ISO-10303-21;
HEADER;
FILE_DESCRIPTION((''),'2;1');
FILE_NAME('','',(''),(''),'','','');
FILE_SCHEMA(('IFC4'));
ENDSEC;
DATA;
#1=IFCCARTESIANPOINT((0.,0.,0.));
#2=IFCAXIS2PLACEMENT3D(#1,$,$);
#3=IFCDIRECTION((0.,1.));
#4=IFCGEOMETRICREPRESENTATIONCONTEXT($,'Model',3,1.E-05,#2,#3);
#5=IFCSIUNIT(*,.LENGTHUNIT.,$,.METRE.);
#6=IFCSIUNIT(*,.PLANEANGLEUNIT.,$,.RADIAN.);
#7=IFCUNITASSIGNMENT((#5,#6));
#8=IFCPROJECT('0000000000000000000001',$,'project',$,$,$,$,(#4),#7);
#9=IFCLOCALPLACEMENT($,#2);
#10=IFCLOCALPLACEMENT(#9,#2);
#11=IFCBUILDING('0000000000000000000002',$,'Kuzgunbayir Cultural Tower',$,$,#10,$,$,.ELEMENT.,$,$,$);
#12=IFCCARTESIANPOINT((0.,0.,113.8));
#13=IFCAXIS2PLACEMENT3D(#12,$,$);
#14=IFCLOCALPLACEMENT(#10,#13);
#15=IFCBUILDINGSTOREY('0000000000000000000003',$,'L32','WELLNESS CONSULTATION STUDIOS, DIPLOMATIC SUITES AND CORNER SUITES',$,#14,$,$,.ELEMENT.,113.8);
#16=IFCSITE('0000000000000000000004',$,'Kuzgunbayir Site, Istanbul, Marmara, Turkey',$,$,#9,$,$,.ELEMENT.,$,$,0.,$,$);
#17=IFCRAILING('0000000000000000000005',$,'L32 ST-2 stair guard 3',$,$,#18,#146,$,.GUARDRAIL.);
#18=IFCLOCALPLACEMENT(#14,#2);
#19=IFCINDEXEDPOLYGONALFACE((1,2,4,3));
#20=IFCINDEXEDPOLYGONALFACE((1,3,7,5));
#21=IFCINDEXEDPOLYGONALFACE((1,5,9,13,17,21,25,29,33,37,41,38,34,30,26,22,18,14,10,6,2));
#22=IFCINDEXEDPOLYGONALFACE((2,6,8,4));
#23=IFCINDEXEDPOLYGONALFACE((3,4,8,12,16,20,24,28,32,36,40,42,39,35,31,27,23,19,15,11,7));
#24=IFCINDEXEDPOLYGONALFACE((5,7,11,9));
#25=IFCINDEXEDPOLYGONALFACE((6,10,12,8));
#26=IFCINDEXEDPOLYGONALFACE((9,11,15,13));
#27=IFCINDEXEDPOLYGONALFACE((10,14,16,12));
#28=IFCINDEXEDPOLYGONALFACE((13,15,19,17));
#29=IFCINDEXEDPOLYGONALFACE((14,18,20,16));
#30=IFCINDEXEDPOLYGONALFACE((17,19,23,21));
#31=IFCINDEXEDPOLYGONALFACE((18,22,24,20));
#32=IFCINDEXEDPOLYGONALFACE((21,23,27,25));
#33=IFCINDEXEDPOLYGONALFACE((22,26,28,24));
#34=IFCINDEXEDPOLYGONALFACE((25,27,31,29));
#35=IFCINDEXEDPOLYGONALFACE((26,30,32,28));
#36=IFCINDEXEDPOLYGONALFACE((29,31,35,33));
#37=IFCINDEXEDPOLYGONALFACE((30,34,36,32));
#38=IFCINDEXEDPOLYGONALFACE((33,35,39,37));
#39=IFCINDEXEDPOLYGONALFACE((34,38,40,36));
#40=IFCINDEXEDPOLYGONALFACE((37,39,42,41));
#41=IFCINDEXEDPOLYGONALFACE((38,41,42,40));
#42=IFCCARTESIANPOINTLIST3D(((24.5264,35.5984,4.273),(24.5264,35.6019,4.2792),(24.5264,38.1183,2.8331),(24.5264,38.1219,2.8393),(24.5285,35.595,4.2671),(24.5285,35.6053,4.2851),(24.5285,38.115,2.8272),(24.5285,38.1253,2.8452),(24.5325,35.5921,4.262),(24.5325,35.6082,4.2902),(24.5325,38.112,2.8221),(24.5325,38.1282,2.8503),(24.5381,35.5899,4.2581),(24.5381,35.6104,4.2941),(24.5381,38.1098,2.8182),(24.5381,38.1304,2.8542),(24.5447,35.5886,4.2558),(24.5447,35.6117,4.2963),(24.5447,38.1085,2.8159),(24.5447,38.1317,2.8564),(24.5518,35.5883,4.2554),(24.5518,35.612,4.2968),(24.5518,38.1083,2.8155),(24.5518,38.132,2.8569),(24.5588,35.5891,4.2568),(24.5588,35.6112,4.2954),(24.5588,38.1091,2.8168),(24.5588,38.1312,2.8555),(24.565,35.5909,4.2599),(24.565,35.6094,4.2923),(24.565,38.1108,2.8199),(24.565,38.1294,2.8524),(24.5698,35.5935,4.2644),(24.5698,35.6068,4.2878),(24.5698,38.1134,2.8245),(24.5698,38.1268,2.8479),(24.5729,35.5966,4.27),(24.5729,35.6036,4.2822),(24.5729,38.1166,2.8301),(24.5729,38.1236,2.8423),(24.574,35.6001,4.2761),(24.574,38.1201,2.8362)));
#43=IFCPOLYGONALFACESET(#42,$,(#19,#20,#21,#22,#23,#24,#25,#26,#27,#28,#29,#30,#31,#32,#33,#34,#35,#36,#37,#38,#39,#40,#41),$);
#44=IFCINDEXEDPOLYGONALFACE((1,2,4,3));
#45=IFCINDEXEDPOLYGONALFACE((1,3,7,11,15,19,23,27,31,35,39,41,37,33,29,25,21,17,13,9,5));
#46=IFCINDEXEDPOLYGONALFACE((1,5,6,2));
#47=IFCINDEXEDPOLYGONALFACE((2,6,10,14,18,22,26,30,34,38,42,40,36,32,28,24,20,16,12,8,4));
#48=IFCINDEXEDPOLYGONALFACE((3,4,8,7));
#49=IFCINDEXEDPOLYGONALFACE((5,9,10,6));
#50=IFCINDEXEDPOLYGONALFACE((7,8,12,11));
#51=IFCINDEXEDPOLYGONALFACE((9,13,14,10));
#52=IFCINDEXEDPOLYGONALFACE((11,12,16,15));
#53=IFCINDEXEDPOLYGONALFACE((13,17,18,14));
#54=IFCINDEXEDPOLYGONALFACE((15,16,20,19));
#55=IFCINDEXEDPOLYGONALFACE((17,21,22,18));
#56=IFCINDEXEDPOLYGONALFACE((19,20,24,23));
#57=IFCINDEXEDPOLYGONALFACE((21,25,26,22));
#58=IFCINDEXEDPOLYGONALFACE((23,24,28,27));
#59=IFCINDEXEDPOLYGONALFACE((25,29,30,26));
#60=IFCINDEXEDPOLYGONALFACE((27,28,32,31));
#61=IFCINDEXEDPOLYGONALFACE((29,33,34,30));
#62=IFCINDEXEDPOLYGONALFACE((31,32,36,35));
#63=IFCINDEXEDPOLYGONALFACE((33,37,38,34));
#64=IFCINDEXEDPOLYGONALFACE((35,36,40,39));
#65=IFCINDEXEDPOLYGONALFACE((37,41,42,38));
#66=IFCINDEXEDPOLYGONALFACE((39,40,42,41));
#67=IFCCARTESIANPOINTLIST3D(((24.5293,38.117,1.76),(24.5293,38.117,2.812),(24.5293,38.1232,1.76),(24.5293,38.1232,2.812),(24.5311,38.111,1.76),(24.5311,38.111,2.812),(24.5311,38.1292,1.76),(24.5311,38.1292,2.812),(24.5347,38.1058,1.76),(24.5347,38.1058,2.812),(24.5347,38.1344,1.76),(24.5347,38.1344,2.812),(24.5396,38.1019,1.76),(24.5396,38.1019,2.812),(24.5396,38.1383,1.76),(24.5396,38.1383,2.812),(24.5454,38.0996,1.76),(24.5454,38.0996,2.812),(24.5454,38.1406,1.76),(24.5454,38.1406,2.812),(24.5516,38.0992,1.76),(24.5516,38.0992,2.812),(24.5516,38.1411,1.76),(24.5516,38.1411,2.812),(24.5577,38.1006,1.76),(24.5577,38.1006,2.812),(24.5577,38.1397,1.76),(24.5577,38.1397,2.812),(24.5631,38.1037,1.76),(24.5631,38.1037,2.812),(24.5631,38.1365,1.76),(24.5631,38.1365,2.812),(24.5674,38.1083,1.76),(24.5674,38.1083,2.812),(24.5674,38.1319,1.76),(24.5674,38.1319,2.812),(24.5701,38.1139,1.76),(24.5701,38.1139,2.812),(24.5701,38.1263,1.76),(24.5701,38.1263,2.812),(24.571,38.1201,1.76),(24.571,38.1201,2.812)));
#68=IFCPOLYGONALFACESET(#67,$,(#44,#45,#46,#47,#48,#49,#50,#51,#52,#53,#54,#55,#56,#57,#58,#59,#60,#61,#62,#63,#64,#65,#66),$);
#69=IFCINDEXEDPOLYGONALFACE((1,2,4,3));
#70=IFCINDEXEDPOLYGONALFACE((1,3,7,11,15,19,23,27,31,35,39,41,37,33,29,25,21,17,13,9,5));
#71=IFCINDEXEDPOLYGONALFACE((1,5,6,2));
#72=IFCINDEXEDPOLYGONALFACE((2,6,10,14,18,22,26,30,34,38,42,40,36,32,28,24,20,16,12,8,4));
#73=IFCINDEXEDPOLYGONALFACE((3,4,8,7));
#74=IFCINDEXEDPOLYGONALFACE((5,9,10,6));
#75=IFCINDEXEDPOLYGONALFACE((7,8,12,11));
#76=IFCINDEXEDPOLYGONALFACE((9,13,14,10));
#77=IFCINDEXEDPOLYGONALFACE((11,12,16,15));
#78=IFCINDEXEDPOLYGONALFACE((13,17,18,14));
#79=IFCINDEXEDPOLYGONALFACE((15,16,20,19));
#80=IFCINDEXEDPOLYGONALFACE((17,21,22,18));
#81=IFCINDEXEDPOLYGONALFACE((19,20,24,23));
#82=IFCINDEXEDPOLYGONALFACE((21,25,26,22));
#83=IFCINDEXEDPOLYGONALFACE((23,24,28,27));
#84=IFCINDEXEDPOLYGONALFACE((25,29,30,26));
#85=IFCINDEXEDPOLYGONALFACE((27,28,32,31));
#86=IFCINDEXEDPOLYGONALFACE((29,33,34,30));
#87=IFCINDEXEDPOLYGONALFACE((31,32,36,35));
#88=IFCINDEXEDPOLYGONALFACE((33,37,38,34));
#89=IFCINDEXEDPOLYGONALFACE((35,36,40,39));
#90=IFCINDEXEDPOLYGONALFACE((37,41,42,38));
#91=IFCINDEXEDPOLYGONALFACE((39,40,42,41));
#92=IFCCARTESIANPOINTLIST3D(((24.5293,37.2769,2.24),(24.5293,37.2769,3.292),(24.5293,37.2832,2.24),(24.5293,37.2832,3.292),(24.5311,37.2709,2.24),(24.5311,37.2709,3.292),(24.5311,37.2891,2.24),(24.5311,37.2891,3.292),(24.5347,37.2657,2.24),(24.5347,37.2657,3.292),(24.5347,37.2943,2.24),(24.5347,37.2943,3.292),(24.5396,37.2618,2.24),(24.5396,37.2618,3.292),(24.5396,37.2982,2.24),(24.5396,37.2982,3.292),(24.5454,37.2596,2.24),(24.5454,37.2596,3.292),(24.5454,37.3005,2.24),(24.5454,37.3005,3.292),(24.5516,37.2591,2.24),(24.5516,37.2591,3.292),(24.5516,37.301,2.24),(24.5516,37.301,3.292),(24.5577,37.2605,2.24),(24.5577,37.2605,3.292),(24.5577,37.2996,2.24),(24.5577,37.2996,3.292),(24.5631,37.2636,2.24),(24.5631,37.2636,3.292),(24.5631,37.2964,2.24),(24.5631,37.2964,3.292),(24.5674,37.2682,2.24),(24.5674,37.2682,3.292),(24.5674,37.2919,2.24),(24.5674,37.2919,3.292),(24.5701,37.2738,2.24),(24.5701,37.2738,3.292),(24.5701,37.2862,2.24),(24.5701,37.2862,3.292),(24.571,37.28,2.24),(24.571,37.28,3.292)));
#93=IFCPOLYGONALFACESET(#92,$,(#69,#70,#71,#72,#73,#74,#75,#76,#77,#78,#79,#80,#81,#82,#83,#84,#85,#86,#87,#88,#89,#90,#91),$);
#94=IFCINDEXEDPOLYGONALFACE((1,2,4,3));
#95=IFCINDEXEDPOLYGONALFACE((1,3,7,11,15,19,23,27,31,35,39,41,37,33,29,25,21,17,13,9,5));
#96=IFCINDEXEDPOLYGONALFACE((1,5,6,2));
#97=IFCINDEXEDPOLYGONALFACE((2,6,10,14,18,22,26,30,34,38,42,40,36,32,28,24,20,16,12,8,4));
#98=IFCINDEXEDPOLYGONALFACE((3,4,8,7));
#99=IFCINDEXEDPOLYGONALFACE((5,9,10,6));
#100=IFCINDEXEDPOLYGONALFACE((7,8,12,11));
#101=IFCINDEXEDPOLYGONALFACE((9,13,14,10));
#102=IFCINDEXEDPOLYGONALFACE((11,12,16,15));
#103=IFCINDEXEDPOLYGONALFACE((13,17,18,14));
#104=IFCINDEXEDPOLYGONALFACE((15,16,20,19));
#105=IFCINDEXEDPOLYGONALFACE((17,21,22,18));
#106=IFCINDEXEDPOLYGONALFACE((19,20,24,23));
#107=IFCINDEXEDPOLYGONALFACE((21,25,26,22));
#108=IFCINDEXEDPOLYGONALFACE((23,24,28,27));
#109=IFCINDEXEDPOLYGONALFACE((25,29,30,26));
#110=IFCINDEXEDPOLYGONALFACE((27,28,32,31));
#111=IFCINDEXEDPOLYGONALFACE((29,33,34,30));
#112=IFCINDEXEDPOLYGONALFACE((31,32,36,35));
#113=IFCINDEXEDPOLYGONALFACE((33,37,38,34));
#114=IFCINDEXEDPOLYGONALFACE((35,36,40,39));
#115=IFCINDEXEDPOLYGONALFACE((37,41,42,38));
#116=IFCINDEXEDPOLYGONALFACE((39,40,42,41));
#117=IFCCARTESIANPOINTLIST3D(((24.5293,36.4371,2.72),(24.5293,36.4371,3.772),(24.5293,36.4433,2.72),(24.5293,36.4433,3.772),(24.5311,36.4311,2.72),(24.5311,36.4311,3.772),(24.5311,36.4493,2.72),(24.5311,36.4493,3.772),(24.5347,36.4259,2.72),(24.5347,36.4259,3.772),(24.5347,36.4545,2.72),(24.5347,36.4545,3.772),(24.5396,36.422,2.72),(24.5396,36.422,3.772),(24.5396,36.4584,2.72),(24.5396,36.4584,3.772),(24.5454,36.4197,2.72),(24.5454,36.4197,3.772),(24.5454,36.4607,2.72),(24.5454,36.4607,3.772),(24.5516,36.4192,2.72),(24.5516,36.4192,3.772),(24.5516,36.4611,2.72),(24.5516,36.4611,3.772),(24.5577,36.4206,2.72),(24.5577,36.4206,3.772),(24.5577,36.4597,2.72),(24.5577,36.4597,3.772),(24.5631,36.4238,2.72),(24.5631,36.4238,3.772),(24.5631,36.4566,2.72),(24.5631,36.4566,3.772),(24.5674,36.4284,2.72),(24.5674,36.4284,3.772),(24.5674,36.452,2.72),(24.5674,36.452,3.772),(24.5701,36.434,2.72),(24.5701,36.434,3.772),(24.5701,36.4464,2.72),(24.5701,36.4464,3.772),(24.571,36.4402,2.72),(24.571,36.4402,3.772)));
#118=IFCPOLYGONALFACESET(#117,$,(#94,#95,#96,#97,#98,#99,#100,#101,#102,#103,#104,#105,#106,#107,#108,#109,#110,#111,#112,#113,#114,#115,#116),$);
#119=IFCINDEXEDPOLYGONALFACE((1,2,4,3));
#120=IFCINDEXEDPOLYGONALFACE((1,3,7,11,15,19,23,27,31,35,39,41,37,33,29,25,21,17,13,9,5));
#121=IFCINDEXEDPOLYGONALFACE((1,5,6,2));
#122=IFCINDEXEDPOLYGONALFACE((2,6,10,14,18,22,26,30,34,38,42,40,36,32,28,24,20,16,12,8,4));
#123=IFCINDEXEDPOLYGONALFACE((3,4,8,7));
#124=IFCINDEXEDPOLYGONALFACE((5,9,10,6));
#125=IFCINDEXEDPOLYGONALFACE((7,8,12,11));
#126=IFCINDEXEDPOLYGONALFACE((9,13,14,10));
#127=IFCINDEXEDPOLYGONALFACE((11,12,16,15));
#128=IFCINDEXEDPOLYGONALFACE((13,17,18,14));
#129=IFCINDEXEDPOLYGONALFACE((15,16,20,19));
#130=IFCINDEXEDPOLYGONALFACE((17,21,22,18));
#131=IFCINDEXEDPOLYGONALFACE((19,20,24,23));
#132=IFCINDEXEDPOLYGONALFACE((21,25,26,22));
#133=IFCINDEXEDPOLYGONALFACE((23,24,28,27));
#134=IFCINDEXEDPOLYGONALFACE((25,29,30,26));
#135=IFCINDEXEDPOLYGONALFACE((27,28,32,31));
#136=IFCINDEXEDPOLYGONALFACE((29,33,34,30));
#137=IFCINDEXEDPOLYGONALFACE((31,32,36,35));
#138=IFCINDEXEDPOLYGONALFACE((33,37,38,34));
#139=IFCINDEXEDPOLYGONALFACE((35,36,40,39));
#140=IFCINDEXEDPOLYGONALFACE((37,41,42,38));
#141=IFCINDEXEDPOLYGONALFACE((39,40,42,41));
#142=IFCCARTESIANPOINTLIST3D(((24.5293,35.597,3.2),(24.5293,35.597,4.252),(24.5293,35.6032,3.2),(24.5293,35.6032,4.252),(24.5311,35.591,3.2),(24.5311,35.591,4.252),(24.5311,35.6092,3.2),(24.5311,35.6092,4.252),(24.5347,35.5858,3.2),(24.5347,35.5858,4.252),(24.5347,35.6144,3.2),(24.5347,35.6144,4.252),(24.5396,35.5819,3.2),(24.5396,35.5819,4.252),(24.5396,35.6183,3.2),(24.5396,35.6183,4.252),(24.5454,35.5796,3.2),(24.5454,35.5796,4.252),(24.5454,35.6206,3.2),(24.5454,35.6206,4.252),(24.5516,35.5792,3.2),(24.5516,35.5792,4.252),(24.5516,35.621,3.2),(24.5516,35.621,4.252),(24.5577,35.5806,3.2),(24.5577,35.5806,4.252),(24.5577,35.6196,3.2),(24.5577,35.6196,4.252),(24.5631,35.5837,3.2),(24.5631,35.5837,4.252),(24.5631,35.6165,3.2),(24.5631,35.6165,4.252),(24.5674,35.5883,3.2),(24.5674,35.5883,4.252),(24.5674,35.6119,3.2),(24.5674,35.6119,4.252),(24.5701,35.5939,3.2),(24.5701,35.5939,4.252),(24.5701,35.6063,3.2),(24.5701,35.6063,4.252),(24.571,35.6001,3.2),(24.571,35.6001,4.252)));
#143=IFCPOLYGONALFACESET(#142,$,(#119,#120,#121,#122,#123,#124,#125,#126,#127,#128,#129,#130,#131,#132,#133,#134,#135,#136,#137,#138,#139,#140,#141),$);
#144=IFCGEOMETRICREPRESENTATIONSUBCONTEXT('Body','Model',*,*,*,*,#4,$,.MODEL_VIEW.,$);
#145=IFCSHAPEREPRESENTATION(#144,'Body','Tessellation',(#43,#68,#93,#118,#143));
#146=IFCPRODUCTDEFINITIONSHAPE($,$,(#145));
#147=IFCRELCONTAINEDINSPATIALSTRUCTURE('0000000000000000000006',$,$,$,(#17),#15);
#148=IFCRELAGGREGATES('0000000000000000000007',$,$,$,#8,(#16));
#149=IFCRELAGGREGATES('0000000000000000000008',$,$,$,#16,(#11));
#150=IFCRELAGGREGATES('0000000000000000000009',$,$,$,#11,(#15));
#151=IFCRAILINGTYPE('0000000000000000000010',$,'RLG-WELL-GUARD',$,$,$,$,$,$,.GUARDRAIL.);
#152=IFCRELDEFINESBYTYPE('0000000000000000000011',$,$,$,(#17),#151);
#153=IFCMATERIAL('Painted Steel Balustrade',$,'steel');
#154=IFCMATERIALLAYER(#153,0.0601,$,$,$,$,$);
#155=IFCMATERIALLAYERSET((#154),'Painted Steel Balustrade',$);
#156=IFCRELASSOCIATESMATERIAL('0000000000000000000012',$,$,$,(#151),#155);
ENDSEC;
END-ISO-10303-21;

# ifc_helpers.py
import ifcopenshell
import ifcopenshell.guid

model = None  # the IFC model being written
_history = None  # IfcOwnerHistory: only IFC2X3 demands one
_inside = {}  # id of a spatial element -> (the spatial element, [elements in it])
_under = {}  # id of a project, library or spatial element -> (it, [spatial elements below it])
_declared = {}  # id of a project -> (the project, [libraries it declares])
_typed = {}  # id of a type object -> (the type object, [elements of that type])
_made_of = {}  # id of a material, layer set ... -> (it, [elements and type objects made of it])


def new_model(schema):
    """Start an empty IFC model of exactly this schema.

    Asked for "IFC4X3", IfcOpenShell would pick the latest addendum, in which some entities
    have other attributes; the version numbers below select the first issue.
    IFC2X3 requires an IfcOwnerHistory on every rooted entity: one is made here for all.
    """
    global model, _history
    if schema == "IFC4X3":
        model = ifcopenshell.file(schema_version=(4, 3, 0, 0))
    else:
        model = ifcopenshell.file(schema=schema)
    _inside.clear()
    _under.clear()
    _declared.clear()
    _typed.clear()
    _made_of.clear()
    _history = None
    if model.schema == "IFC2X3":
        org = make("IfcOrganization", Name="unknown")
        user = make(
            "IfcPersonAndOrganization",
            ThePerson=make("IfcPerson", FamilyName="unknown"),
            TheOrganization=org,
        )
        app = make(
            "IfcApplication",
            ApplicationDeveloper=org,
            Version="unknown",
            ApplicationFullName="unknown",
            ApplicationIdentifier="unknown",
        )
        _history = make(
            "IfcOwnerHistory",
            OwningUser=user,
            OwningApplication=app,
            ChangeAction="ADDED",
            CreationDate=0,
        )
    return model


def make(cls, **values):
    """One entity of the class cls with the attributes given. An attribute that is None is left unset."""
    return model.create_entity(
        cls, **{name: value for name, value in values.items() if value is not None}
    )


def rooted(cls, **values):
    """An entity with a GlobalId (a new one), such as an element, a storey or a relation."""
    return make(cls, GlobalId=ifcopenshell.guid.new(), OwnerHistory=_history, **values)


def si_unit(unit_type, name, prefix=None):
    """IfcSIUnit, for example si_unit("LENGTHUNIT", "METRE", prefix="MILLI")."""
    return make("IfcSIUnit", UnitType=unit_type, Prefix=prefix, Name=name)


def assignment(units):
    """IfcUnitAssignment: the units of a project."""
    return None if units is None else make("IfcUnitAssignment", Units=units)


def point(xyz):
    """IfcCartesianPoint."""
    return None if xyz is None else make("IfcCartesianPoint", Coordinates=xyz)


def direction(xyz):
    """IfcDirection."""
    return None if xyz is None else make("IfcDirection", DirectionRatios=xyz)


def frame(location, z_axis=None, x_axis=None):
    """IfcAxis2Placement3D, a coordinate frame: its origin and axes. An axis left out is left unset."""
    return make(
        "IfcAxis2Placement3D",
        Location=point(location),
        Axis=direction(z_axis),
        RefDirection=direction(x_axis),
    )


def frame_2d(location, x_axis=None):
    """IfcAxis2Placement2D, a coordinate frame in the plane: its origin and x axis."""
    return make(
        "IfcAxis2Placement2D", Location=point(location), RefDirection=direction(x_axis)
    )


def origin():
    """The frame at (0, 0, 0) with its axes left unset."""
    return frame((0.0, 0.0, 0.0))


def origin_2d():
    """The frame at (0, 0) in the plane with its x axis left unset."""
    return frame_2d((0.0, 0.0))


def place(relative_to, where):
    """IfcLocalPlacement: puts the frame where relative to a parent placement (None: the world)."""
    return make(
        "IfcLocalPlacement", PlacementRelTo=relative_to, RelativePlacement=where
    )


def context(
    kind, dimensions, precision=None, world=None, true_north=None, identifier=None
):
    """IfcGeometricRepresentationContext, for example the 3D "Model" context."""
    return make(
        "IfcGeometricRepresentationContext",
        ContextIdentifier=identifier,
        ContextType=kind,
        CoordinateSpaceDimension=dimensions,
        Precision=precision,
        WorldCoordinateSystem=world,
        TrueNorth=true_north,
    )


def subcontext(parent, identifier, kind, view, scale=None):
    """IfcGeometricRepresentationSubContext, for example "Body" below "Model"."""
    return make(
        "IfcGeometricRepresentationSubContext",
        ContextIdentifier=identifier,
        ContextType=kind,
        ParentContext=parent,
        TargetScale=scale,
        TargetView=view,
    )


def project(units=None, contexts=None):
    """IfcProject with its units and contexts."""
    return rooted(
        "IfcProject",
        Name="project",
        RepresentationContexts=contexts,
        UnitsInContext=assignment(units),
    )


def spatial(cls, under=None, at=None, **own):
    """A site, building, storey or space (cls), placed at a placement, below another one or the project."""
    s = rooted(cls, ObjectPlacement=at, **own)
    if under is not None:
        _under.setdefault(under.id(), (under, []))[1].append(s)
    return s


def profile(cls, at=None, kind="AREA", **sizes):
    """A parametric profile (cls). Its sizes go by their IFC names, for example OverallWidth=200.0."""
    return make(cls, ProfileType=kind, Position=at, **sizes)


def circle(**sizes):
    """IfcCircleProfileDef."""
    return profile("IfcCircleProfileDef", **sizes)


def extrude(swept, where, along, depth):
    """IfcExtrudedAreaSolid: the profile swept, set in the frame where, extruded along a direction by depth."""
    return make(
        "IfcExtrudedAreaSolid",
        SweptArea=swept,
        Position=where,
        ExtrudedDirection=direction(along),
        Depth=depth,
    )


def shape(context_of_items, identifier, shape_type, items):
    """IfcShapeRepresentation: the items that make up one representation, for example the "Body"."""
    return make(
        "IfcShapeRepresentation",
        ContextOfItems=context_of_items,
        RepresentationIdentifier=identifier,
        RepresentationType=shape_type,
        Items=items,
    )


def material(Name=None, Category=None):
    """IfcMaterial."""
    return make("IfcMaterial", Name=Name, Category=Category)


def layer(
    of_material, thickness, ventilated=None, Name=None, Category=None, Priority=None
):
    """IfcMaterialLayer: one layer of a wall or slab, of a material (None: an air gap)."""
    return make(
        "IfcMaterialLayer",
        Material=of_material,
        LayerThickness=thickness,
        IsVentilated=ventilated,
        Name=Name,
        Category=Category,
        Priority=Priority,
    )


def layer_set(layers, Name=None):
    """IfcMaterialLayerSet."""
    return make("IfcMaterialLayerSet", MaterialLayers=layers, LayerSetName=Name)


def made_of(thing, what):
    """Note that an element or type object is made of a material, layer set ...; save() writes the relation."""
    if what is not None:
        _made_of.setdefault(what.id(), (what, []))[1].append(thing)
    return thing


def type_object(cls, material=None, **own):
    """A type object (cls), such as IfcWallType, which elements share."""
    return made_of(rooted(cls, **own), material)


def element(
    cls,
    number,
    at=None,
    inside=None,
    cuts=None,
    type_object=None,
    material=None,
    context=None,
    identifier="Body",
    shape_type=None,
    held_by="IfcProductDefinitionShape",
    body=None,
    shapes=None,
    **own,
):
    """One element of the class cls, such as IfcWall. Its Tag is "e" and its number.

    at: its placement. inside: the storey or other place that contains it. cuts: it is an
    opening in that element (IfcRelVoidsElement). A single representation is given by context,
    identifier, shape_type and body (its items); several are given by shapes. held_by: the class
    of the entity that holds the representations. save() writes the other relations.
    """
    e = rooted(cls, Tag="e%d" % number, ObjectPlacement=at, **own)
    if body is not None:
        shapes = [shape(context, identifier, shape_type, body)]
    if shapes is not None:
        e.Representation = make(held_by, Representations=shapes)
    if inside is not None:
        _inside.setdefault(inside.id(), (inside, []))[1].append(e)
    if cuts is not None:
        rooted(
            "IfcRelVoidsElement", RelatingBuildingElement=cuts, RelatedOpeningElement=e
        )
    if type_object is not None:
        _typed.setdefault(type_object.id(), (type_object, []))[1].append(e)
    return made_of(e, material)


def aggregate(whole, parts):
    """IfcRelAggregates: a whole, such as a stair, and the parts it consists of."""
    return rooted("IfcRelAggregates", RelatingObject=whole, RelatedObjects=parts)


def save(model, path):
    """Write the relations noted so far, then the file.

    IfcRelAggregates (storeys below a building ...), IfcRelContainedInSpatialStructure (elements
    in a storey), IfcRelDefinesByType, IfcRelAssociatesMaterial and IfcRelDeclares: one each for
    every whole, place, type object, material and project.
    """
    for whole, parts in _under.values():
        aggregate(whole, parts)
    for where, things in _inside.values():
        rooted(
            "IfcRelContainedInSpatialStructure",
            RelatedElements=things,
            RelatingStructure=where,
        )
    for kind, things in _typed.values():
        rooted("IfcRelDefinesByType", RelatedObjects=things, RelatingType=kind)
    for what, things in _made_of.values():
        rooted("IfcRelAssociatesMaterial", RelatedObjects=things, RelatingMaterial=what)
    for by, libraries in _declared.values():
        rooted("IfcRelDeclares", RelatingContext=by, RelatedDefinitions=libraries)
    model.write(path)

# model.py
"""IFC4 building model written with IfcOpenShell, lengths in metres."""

from ifc_helpers import new_model, si_unit, direction, frame, origin, origin_2d, place, context, subcontext, project, spatial, circle, extrude, material, layer, layer_set, type_object, element, save


model = new_model("IFC4")

# Units and contexts
model_context = context("Model", 3, precision=1e-05, world=origin(), true_north=direction((0.0, 1.0)))
body_context = subcontext(model_context, "Body", "Model", "MODEL_VIEW")
ifc_project = project(units=[si_unit("LENGTHUNIT", "METRE"), si_unit("PLANEANGLEUNIT", "RADIAN")], contexts=[model_context])

# Site, building, storey
site_placement = place(None, origin())
site = spatial("IfcSite", under=ifc_project, at=site_placement, Name="Kuzgunbayir Site, Istanbul, Marmara, Turkey", CompositionType="ELEMENT", RefElevation=0.0)
building_placement = place(site_placement, origin())
building = spatial("IfcBuilding", under=site, at=building_placement, Name="Kuzgunbayir Cultural Tower", CompositionType="ELEMENT")
storey_placement = place(building_placement, frame((0.0, 0.0, 113.8)))
storey = spatial("IfcBuildingStorey", under=building, at=storey_placement, Name="L32", Description="WELLNESS CONSULTATION STUDIOS, DIPLOMATIC SUITES AND CORNER SUITES", CompositionType="ELEMENT", Elevation=113.8)

# Railing
ifc_material_1 = material(Name="Painted Steel Balustrade", Category="steel")
ifc_layer_1 = layer(ifc_material_1, 0.0601)
ifc_layer_set_1 = layer_set([ifc_layer_1], Name="Painted Steel Balustrade")
railing_type_1 = type_object("IfcRailingType", Name="RLG-WELL-GUARD", PredefinedType="GUARDRAIL", material=ifc_layer_set_1)
railing_1_placement = place(storey_placement, frame((24.55, 38.1201, 1.76)))
element("IfcRailing", 1, at=railing_1_placement, inside=storey, type_object=railing_type_1, Name="L32 ST-2 stair guard 3", PredefinedType="GUARDRAIL", context=body_context, shape_type="SweptSolid", body=[
    extrude(circle(Radius=0.0239, at=origin_2d()), frame((0.0, 0.0, 1.0762), z_axis=(0.0, -0.868253, 0.496121), x_axis=(1.0, 0.0, 0.0)), (0.0, 0.0, 1.0), 2.9023),
    extrude(circle(Radius=0.021, at=origin_2d()), origin(), (0.0, 0.0, 1.0), 1.052),
    extrude(circle(Radius=0.021, at=origin_2d()), frame((0.0, -0.8401, 0.48)), (0.0, 0.0, 1.0), 1.052),
    extrude(circle(Radius=0.021, at=origin_2d()), frame((0.0, -1.6799, 0.96)), (0.0, 0.0, 1.0), 1.052),
    extrude(circle(Radius=0.021, at=origin_2d()), frame((0.0, -2.52, 1.4399)), (0.0, 0.0, 1.0), 1.052),
])

save(model, "model.ifc")
